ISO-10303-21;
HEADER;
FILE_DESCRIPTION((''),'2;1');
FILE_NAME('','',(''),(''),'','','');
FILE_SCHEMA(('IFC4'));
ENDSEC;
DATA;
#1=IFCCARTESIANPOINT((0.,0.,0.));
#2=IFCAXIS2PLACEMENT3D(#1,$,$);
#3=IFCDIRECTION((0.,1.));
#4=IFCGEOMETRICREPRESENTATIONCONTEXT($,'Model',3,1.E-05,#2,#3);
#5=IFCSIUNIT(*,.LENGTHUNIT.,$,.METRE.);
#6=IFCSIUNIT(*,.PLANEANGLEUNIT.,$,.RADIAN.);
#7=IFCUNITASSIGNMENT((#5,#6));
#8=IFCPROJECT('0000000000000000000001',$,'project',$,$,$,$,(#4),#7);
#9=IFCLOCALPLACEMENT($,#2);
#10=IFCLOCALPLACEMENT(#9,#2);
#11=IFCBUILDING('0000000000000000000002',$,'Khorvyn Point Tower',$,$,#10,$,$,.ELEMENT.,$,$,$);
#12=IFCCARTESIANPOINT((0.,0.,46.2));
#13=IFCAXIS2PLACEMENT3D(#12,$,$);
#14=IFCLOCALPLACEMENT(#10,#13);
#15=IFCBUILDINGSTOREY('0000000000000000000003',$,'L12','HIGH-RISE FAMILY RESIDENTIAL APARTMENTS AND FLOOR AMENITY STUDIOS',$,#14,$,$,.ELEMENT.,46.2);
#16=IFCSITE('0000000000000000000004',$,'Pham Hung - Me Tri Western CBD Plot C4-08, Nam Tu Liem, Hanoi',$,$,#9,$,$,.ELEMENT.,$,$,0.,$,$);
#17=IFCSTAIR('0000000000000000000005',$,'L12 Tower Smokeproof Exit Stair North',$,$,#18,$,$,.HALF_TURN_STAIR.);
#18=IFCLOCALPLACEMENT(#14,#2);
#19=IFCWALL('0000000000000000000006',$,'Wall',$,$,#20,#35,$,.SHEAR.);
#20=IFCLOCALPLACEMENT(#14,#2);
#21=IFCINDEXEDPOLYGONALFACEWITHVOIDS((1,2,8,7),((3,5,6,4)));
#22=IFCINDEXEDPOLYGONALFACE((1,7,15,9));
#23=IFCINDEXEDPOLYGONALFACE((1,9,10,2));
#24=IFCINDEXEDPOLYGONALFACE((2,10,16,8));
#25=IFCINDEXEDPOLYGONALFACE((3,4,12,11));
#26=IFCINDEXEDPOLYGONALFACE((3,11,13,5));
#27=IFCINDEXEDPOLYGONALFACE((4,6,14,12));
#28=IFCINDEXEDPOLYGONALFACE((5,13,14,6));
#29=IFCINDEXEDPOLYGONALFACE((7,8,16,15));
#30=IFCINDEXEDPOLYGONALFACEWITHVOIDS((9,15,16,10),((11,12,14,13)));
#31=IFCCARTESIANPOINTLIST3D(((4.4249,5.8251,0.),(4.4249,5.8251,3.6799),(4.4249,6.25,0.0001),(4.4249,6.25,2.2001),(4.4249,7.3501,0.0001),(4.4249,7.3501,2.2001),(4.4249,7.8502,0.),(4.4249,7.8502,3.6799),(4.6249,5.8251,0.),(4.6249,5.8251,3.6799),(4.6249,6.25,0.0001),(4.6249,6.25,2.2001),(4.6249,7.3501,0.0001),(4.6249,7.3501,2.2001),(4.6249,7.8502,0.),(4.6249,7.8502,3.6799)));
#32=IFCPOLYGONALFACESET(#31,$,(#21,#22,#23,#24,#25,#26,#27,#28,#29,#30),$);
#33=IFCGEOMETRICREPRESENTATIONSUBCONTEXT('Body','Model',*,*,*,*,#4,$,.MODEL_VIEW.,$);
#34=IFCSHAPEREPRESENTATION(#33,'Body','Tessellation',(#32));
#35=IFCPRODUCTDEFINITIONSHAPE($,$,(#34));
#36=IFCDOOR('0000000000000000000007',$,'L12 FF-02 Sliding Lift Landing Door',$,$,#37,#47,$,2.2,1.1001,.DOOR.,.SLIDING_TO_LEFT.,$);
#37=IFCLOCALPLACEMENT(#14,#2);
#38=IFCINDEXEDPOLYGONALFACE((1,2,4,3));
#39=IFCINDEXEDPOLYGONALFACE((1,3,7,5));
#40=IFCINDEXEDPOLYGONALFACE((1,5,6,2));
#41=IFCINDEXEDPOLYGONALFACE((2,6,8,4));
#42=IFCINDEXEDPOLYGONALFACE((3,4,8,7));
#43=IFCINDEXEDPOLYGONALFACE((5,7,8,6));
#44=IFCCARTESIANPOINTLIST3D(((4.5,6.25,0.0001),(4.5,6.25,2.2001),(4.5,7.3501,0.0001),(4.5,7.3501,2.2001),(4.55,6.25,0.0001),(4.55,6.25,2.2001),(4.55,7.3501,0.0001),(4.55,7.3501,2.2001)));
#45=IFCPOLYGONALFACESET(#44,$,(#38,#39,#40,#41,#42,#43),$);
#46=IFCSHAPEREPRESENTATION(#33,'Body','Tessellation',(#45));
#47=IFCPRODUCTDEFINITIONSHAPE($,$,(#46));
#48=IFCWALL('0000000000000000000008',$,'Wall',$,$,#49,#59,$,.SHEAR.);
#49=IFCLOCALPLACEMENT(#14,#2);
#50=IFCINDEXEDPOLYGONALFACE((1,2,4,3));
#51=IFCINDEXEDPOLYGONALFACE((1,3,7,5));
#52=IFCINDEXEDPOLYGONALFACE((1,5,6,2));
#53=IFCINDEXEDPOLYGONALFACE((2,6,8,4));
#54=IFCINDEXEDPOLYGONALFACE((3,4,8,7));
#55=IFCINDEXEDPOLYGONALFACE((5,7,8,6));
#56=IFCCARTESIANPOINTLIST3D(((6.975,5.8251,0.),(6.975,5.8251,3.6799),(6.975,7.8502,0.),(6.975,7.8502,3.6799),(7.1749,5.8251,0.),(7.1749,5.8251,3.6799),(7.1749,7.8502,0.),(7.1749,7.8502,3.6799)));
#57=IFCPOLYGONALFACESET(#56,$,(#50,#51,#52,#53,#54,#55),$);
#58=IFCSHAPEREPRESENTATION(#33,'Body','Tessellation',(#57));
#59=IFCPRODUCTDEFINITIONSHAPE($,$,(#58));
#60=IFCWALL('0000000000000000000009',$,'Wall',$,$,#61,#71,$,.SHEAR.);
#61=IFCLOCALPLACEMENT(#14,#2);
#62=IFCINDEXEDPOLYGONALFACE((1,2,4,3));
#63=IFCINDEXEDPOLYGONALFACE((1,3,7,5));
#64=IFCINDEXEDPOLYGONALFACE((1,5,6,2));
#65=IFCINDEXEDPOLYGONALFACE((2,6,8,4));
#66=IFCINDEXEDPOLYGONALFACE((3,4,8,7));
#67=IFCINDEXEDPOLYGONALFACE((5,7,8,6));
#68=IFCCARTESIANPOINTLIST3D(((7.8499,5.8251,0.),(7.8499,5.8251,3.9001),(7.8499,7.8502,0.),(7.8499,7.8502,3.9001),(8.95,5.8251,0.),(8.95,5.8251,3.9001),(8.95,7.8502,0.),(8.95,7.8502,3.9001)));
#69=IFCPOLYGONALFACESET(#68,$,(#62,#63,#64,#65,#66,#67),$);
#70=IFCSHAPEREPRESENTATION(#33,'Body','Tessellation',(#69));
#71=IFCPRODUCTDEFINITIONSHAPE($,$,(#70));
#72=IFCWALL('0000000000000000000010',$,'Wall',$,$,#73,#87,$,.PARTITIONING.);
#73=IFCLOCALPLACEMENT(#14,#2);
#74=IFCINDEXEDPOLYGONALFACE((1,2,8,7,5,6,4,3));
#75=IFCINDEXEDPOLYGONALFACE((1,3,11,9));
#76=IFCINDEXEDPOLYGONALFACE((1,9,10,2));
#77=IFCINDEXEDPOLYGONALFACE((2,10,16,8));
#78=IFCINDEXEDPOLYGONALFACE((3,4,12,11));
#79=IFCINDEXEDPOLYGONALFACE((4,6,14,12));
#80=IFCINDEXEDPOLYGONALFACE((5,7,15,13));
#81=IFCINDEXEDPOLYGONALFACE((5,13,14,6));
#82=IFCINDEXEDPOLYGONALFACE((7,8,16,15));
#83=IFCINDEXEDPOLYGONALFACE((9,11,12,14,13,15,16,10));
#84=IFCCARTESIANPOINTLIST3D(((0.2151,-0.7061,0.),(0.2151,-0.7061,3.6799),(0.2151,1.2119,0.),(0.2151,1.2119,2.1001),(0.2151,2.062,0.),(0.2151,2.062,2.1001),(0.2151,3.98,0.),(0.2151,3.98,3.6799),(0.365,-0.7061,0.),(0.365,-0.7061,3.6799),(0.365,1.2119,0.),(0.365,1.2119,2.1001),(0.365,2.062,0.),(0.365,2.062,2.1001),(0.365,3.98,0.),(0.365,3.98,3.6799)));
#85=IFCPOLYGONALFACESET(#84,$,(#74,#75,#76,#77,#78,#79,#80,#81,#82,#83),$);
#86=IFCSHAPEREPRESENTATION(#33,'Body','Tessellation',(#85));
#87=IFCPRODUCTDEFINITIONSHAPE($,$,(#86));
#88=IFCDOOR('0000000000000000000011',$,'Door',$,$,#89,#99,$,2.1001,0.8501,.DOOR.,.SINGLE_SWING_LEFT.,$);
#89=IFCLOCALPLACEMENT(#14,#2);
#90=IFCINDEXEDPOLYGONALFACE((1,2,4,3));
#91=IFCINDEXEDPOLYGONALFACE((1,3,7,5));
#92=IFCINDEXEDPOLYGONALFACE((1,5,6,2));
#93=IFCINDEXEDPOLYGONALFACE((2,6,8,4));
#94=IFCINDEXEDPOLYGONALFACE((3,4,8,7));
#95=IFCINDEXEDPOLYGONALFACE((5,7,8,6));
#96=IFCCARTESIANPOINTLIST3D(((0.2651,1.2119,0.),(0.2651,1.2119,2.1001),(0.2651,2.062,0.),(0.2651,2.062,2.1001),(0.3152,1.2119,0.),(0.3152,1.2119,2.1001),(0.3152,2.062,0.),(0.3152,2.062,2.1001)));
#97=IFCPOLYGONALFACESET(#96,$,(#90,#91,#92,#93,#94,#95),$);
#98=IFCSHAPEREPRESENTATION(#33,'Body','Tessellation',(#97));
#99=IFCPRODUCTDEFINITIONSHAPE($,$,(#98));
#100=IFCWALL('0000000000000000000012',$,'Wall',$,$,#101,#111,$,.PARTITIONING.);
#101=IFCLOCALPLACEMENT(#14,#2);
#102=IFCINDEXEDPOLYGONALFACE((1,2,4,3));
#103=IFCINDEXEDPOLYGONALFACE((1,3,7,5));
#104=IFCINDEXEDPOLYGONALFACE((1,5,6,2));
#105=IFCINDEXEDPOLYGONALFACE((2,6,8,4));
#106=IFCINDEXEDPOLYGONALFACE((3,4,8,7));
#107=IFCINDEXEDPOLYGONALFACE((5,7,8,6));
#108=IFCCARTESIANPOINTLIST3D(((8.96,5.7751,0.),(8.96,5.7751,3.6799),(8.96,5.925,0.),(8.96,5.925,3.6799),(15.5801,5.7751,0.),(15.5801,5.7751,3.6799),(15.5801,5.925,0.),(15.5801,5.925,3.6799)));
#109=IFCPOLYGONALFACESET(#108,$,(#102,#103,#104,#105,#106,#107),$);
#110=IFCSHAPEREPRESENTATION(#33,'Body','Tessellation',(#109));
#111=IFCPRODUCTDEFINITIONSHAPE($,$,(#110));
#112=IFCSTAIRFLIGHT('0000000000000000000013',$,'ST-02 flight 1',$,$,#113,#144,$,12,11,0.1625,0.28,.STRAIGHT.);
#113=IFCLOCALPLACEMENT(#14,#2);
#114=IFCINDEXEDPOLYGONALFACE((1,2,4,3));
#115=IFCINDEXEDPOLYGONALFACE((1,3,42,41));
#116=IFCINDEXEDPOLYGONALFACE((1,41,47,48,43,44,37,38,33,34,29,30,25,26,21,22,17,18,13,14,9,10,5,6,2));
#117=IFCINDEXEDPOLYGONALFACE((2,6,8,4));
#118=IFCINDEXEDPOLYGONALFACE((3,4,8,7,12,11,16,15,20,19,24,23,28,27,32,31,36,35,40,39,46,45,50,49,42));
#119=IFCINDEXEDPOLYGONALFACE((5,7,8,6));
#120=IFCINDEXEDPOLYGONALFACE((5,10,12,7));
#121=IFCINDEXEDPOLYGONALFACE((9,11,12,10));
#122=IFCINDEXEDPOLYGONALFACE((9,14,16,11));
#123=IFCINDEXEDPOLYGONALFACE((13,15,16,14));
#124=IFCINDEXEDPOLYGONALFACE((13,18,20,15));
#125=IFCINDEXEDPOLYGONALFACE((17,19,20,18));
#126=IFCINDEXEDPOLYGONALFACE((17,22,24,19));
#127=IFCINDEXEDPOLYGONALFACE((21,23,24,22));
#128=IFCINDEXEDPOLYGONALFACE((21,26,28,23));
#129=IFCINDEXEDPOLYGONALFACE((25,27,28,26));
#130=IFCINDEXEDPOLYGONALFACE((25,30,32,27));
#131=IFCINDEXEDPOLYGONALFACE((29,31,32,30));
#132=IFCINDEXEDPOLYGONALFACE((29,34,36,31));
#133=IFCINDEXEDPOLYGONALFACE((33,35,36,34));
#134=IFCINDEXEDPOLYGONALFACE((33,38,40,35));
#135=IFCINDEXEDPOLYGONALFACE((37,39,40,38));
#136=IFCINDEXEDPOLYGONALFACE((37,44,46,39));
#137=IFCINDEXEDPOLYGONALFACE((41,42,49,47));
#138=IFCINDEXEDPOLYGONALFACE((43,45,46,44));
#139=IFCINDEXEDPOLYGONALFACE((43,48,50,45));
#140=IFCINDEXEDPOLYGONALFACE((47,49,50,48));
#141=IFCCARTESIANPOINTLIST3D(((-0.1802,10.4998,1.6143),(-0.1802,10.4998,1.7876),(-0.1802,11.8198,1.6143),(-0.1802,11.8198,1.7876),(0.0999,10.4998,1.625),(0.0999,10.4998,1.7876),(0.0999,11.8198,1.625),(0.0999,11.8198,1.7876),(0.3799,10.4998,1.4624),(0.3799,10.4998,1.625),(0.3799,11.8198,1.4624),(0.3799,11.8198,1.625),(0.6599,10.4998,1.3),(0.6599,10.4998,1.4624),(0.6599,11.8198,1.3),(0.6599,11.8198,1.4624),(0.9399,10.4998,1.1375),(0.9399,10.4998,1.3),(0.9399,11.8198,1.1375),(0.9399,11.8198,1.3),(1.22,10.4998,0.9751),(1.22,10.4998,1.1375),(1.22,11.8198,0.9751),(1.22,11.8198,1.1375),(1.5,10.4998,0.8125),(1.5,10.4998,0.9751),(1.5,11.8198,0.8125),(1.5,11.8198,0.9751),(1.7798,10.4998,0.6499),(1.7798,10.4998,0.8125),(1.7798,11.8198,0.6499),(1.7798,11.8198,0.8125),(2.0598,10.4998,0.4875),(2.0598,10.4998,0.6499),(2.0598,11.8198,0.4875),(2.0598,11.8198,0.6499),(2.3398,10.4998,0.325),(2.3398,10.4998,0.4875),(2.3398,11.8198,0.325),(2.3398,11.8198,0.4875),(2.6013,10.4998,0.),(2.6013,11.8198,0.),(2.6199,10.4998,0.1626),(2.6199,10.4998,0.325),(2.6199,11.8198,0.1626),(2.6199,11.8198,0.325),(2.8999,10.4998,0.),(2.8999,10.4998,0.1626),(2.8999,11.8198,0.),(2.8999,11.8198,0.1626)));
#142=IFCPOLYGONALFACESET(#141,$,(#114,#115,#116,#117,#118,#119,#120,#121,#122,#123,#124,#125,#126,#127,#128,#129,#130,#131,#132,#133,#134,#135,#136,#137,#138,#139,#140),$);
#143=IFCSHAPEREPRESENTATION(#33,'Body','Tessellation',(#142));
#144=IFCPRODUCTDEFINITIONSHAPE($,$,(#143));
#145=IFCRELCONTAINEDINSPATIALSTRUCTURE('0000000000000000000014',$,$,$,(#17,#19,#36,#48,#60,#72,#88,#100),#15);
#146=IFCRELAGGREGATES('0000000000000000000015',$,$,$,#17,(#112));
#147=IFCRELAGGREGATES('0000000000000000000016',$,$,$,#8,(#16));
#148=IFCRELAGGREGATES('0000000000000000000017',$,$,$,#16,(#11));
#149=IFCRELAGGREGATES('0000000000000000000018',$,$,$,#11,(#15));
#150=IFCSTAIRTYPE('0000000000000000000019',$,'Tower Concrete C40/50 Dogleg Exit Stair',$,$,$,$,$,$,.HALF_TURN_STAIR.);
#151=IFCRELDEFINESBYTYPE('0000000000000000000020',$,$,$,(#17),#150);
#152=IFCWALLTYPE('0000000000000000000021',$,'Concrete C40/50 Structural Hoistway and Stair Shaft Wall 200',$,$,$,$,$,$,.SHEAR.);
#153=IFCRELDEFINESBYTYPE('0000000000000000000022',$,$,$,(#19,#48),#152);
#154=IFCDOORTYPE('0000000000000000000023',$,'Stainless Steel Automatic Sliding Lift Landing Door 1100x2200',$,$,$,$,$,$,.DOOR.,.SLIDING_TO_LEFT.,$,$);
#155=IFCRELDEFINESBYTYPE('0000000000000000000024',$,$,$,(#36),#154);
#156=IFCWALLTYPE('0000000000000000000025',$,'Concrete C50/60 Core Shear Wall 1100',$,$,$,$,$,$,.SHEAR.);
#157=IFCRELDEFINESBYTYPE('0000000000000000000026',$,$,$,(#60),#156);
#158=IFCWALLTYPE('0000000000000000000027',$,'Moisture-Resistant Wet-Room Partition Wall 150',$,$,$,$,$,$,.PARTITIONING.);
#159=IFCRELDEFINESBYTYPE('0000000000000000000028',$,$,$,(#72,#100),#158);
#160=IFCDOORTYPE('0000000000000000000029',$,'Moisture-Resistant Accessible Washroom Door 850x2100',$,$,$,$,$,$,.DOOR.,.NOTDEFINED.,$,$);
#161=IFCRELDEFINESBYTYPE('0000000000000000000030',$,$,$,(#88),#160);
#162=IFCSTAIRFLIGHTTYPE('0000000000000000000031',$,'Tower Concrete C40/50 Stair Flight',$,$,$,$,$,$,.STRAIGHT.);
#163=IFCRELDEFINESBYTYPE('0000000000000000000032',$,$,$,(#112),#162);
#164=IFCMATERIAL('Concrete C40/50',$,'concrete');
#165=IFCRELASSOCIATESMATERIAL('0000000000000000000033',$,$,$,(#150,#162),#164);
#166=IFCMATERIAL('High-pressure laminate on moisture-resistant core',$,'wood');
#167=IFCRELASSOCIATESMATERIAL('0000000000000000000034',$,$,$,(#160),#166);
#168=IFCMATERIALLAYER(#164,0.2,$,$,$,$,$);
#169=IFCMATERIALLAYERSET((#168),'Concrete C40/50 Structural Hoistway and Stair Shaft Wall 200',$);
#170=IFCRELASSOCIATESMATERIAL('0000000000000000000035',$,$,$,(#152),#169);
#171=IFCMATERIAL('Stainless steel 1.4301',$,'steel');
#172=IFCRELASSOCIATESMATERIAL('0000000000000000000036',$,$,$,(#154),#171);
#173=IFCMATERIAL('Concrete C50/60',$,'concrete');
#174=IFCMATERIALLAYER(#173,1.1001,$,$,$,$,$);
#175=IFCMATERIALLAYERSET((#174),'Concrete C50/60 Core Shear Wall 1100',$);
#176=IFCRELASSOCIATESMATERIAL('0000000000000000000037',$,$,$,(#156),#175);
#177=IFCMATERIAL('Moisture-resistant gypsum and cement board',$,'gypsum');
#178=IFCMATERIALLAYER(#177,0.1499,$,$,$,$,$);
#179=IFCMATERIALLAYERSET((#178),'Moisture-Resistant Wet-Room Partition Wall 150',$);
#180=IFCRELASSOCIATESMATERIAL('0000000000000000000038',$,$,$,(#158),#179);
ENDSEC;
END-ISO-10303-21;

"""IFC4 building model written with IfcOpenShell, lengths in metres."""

from ifc_helpers import new_model, si_unit, direction, frame, frame_2d, origin, place, context, subcontext, project, spatial, polyline, rectangle, outline, extrude, material, layer, layer_set, type_object, element, fill, aggregate, save


model = new_model("IFC4")

# Units and contexts
model_context = context("Model", 3, precision=1e-05, world=origin(), true_north=direction((0.0, 1.0)))
body_context = subcontext(model_context, "Body", "Model", "MODEL_VIEW")
ifc_project = project(units=[si_unit("LENGTHUNIT", "METRE"), si_unit("PLANEANGLEUNIT", "RADIAN")], contexts=[model_context])

# Site, building, storey
site_placement = place(None, origin())
site = spatial("IfcSite", under=ifc_project, at=site_placement, Name="Pham Hung - Me Tri Western CBD Plot C4-08, Nam Tu Liem, Hanoi", CompositionType="ELEMENT", RefElevation=0.0)
building_placement = place(site_placement, origin())
building = spatial("IfcBuilding", under=site, at=building_placement, Name="Khorvyn Point Tower", CompositionType="ELEMENT")
storey_placement = place(building_placement, frame((0.0, 0.0, 46.2)))
storey = spatial("IfcBuildingStorey", under=building, at=storey_placement, Name="L12", Description="HIGH-RISE FAMILY RESIDENTIAL APARTMENTS AND FLOOR AMENITY STUDIOS", CompositionType="ELEMENT", Elevation=46.2)

# Shared definitions
ifc_material_1 = material(Name="Concrete C40/50", Category="concrete")

# Stair
stair_type = type_object("IfcStairType", Name="Tower Concrete C40/50 Dogleg Exit Stair", PredefinedType="HALF_TURN_STAIR", material=ifc_material_1)
stair_1_placement = place(storey_placement, origin())
stair_1 = element("IfcStair", 1, at=stair_1_placement, inside=storey, type_object=stair_type, Name="L12 Tower Smokeproof Exit Stair North", PredefinedType="HALF_TURN_STAIR")

# Shared definitions
ifc_material_2 = material(Name="High-pressure laminate on moisture-resistant core", Category="wood")
door_type_1 = type_object("IfcDoorType", Name="Moisture-Resistant Accessible Washroom Door 850x2100", OperationType="NOTDEFINED", PredefinedType="DOOR", material=ifc_material_2)

# Wall, opening, door
ifc_layer_1 = layer(ifc_material_1, 0.2)
ifc_layer_set_1 = layer_set([ifc_layer_1], Name="Concrete C40/50 Structural Hoistway and Stair Shaft Wall 200")
wall_type_1 = type_object("IfcWallType", Name="Concrete C40/50 Structural Hoistway and Stair Shaft Wall 200", PredefinedType="SHEAR", material=ifc_layer_set_1)
ifc_material_3 = material(Name="Stainless steel 1.4301", Category="steel")
door_type_2 = type_object("IfcDoorType", Name="Stainless Steel Automatic Sliding Lift Landing Door 1100x2200", OperationType="SLIDING_TO_LEFT", PredefinedType="DOOR", material=ifc_material_3)
wall_1_placement = place(storey_placement, frame((4.5249, 5.825, 0.0), z_axis=(0.0, 0.0, 1.0), x_axis=(0.0, 1.0, 0.0)))
wall_1 = element("IfcWall", 2, at=wall_1_placement, inside=storey, type_object=wall_type_1, Name="Wall", PredefinedType="SHEAR", context=body_context, shape_type="SweptSolid", body=[
    extrude(rectangle(XDim=2.0251, YDim=0.2, at=frame_2d((1.0127, 0.0))), origin(), (0.0, 0.0, 1.0), 3.6799),
])
opening_1_placement = place(wall_1_placement, frame((0.425, 0.0, 0.0)))
opening_1 = element("IfcOpeningElement", 3, at=opening_1_placement, cuts=wall_1, PredefinedType="OPENING", context=body_context, shape_type="SweptSolid", body=[
    extrude(rectangle(XDim=1.1001, YDim=2.2, at=frame_2d((0.55, 1.1001))), frame((0.0, 0.1099, 0.0), z_axis=(0.0, -1.0, 0.0), x_axis=(1.0, 0.0, 0.0)), (0.0, 0.0, 1.0), 0.22),
])
door_1_placement = place(opening_1_placement, origin())
door_1 = element("IfcDoor", 4, at=door_1_placement, inside=storey, type_object=door_type_2, Name="L12 FF-02 Sliding Lift Landing Door", OperationType="SLIDING_TO_LEFT", OverallHeight=2.2, OverallWidth=1.1001, PredefinedType="DOOR", context=body_context, shape_type="SweptSolid", body=[
    extrude(rectangle(XDim=1.1001, YDim=2.2, at=frame_2d((0.55, 1.1001))), frame((0.0, 0.0249, 0.0), z_axis=(0.0, -1.0, 0.0), x_axis=(1.0, 0.0, 0.0)), (0.0, 0.0, 1.0), 0.05),
])
fill(opening_1, door_1)

# Walls
wall_2_placement = place(storey_placement, frame((7.075, 5.825, 0.0), z_axis=(0.0, 0.0, 1.0), x_axis=(0.0, 1.0, 0.0)))
element("IfcWall", 5, at=wall_2_placement, inside=storey, type_object=wall_type_1, Name="Wall", PredefinedType="SHEAR", context=body_context, shape_type="SweptSolid", body=[
    extrude(rectangle(XDim=2.0251, YDim=0.2, at=frame_2d((1.0127, 0.0))), origin(), (0.0, 0.0, 1.0), 3.6799),
])
ifc_material_4 = material(Name="Concrete C50/60", Category="concrete")
ifc_layer_2 = layer(ifc_material_4, 1.1001)
ifc_layer_set_2 = layer_set([ifc_layer_2], Name="Concrete C50/60 Core Shear Wall 1100")
wall_type_2 = type_object("IfcWallType", Name="Concrete C50/60 Core Shear Wall 1100", PredefinedType="SHEAR", material=ifc_layer_set_2)
wall_3_placement = place(storey_placement, frame((8.3999, 5.825, 0.0), z_axis=(0.0, 0.0, 1.0), x_axis=(0.0, 1.0, 0.0)))
element("IfcWall", 6, at=wall_3_placement, inside=storey, type_object=wall_type_2, Name="Wall", PredefinedType="SHEAR", context=body_context, shape_type="SweptSolid", body=[
    extrude(rectangle(XDim=2.0251, YDim=1.1001, at=frame_2d((1.0127, 0.0))), origin(), (0.0, 0.0, 1.0), 3.9001),
])

# Wall, opening, door
ifc_material_5 = material(Name="Moisture-resistant gypsum and cement board", Category="gypsum")
ifc_layer_3 = layer(ifc_material_5, 0.1499)
ifc_layer_set_3 = layer_set([ifc_layer_3], Name="Moisture-Resistant Wet-Room Partition Wall 150")
wall_type_3 = type_object("IfcWallType", Name="Moisture-Resistant Wet-Room Partition Wall 150", PredefinedType="PARTITIONING", material=ifc_layer_set_3)
wall_4_placement = place(storey_placement, frame((0.29, -0.7061, 0.0), z_axis=(0.0, 0.0, 1.0), x_axis=(0.0, 1.0, 0.0)))
wall_4 = element("IfcWall", 7, at=wall_4_placement, inside=storey, type_object=wall_type_3, Name="Wall", PredefinedType="PARTITIONING", context=body_context, shape_type="SweptSolid", body=[
    extrude(rectangle(XDim=4.686, YDim=0.1499, at=frame_2d((2.343, 0.0))), origin(), (0.0, 0.0, 1.0), 3.6799),
])
opening_2_placement = place(wall_4_placement, frame((1.918, 0.0, 0.0)))
opening_2 = element("IfcOpeningElement", 8, at=opening_2_placement, cuts=wall_4, PredefinedType="OPENING", context=body_context, shape_type="SweptSolid", body=[
    extrude(rectangle(XDim=0.8501, YDim=2.1001, at=frame_2d((0.425, 1.05))), frame((0.0, 0.085, 0.0), z_axis=(0.0, -1.0, 0.0), x_axis=(1.0, 0.0, 0.0)), (0.0, 0.0, 1.0), 0.1699),
])
door_2_placement = place(opening_2_placement, origin())
door_2 = element("IfcDoor", 9, at=door_2_placement, inside=storey, type_object=door_type_1, Name="Door", OperationType="SINGLE_SWING_LEFT", OverallHeight=2.1001, OverallWidth=0.8501, PredefinedType="DOOR", context=body_context, shape_type="SweptSolid", body=[
    extrude(rectangle(XDim=0.8501, YDim=2.1001, at=frame_2d((0.425, 1.05))), frame((0.0, 0.0249, 0.0), z_axis=(0.0, -1.0, 0.0), x_axis=(1.0, 0.0, 0.0)), (0.0, 0.0, 1.0), 0.05),
])
fill(opening_2, door_2)

# Wall
wall_5_placement = place(storey_placement, frame((8.96, 5.8501, 0.0), z_axis=(0.0, 0.0, 1.0), x_axis=(1.0, 0.0, 0.0)))
element("IfcWall", 10, at=wall_5_placement, inside=storey, type_object=wall_type_3, Name="Wall", PredefinedType="PARTITIONING", context=body_context, shape_type="SweptSolid", body=[
    extrude(rectangle(XDim=6.6201, YDim=0.1499, at=frame_2d((3.3101, 0.0))), origin(), (0.0, 0.0, 1.0), 3.6799),
])

# Stair flight
stair_flight_type = type_object("IfcStairFlightType", Name="Tower Concrete C40/50 Stair Flight", PredefinedType="STRAIGHT", material=ifc_material_1)
stair_flight_1_placement = place(storey_placement, frame((2.8999, 11.1599, 0.0), z_axis=(0.0, 0.0, 1.0), x_axis=(-1.0, 0.0, 0.0)))
stair_flight_1 = element("IfcStairFlight", 11, at=stair_flight_1_placement, type_object=stair_flight_type, Name="ST-02 flight 1", NumberOfRisers=12, NumberOfTreads=11, PredefinedType="STRAIGHT", RiserHeight=0.1625, TreadLength=0.28, context=body_context, shape_type="SweptSolid", body=[
    extrude(outline(polyline([(0.0, 0.0), (0.0, 0.1626), (0.28, 0.1626), (0.28, 0.325), (0.5601, 0.325), (0.5601, 0.4875), (0.8401, 0.4875), (0.8401, 0.6499), (1.1201, 0.6499), (1.1201, 0.8125), (1.3999, 0.8125), (1.3999, 0.9751), (1.6799, 0.9751), (1.6799, 1.1375), (1.96, 1.1375), (1.96, 1.3), (2.24, 1.3), (2.24, 1.4624), (2.52, 1.4624), (2.52, 1.625), (2.8, 1.625), (2.8, 1.7876), (3.0801, 1.7876), (3.0801, 1.95), (3.0801, 1.6143), (0.2986, 0.0), (0.0, 0.0)])), frame((0.0, 0.6602, 0.0), z_axis=(0.0, -1.0, 0.0), x_axis=(1.0, 0.0, 0.0)), (0.0, 0.0, 1.0), 1.3201),
])
aggregate(stair_1, [stair_flight_1])

save(model, "model.ifc")
